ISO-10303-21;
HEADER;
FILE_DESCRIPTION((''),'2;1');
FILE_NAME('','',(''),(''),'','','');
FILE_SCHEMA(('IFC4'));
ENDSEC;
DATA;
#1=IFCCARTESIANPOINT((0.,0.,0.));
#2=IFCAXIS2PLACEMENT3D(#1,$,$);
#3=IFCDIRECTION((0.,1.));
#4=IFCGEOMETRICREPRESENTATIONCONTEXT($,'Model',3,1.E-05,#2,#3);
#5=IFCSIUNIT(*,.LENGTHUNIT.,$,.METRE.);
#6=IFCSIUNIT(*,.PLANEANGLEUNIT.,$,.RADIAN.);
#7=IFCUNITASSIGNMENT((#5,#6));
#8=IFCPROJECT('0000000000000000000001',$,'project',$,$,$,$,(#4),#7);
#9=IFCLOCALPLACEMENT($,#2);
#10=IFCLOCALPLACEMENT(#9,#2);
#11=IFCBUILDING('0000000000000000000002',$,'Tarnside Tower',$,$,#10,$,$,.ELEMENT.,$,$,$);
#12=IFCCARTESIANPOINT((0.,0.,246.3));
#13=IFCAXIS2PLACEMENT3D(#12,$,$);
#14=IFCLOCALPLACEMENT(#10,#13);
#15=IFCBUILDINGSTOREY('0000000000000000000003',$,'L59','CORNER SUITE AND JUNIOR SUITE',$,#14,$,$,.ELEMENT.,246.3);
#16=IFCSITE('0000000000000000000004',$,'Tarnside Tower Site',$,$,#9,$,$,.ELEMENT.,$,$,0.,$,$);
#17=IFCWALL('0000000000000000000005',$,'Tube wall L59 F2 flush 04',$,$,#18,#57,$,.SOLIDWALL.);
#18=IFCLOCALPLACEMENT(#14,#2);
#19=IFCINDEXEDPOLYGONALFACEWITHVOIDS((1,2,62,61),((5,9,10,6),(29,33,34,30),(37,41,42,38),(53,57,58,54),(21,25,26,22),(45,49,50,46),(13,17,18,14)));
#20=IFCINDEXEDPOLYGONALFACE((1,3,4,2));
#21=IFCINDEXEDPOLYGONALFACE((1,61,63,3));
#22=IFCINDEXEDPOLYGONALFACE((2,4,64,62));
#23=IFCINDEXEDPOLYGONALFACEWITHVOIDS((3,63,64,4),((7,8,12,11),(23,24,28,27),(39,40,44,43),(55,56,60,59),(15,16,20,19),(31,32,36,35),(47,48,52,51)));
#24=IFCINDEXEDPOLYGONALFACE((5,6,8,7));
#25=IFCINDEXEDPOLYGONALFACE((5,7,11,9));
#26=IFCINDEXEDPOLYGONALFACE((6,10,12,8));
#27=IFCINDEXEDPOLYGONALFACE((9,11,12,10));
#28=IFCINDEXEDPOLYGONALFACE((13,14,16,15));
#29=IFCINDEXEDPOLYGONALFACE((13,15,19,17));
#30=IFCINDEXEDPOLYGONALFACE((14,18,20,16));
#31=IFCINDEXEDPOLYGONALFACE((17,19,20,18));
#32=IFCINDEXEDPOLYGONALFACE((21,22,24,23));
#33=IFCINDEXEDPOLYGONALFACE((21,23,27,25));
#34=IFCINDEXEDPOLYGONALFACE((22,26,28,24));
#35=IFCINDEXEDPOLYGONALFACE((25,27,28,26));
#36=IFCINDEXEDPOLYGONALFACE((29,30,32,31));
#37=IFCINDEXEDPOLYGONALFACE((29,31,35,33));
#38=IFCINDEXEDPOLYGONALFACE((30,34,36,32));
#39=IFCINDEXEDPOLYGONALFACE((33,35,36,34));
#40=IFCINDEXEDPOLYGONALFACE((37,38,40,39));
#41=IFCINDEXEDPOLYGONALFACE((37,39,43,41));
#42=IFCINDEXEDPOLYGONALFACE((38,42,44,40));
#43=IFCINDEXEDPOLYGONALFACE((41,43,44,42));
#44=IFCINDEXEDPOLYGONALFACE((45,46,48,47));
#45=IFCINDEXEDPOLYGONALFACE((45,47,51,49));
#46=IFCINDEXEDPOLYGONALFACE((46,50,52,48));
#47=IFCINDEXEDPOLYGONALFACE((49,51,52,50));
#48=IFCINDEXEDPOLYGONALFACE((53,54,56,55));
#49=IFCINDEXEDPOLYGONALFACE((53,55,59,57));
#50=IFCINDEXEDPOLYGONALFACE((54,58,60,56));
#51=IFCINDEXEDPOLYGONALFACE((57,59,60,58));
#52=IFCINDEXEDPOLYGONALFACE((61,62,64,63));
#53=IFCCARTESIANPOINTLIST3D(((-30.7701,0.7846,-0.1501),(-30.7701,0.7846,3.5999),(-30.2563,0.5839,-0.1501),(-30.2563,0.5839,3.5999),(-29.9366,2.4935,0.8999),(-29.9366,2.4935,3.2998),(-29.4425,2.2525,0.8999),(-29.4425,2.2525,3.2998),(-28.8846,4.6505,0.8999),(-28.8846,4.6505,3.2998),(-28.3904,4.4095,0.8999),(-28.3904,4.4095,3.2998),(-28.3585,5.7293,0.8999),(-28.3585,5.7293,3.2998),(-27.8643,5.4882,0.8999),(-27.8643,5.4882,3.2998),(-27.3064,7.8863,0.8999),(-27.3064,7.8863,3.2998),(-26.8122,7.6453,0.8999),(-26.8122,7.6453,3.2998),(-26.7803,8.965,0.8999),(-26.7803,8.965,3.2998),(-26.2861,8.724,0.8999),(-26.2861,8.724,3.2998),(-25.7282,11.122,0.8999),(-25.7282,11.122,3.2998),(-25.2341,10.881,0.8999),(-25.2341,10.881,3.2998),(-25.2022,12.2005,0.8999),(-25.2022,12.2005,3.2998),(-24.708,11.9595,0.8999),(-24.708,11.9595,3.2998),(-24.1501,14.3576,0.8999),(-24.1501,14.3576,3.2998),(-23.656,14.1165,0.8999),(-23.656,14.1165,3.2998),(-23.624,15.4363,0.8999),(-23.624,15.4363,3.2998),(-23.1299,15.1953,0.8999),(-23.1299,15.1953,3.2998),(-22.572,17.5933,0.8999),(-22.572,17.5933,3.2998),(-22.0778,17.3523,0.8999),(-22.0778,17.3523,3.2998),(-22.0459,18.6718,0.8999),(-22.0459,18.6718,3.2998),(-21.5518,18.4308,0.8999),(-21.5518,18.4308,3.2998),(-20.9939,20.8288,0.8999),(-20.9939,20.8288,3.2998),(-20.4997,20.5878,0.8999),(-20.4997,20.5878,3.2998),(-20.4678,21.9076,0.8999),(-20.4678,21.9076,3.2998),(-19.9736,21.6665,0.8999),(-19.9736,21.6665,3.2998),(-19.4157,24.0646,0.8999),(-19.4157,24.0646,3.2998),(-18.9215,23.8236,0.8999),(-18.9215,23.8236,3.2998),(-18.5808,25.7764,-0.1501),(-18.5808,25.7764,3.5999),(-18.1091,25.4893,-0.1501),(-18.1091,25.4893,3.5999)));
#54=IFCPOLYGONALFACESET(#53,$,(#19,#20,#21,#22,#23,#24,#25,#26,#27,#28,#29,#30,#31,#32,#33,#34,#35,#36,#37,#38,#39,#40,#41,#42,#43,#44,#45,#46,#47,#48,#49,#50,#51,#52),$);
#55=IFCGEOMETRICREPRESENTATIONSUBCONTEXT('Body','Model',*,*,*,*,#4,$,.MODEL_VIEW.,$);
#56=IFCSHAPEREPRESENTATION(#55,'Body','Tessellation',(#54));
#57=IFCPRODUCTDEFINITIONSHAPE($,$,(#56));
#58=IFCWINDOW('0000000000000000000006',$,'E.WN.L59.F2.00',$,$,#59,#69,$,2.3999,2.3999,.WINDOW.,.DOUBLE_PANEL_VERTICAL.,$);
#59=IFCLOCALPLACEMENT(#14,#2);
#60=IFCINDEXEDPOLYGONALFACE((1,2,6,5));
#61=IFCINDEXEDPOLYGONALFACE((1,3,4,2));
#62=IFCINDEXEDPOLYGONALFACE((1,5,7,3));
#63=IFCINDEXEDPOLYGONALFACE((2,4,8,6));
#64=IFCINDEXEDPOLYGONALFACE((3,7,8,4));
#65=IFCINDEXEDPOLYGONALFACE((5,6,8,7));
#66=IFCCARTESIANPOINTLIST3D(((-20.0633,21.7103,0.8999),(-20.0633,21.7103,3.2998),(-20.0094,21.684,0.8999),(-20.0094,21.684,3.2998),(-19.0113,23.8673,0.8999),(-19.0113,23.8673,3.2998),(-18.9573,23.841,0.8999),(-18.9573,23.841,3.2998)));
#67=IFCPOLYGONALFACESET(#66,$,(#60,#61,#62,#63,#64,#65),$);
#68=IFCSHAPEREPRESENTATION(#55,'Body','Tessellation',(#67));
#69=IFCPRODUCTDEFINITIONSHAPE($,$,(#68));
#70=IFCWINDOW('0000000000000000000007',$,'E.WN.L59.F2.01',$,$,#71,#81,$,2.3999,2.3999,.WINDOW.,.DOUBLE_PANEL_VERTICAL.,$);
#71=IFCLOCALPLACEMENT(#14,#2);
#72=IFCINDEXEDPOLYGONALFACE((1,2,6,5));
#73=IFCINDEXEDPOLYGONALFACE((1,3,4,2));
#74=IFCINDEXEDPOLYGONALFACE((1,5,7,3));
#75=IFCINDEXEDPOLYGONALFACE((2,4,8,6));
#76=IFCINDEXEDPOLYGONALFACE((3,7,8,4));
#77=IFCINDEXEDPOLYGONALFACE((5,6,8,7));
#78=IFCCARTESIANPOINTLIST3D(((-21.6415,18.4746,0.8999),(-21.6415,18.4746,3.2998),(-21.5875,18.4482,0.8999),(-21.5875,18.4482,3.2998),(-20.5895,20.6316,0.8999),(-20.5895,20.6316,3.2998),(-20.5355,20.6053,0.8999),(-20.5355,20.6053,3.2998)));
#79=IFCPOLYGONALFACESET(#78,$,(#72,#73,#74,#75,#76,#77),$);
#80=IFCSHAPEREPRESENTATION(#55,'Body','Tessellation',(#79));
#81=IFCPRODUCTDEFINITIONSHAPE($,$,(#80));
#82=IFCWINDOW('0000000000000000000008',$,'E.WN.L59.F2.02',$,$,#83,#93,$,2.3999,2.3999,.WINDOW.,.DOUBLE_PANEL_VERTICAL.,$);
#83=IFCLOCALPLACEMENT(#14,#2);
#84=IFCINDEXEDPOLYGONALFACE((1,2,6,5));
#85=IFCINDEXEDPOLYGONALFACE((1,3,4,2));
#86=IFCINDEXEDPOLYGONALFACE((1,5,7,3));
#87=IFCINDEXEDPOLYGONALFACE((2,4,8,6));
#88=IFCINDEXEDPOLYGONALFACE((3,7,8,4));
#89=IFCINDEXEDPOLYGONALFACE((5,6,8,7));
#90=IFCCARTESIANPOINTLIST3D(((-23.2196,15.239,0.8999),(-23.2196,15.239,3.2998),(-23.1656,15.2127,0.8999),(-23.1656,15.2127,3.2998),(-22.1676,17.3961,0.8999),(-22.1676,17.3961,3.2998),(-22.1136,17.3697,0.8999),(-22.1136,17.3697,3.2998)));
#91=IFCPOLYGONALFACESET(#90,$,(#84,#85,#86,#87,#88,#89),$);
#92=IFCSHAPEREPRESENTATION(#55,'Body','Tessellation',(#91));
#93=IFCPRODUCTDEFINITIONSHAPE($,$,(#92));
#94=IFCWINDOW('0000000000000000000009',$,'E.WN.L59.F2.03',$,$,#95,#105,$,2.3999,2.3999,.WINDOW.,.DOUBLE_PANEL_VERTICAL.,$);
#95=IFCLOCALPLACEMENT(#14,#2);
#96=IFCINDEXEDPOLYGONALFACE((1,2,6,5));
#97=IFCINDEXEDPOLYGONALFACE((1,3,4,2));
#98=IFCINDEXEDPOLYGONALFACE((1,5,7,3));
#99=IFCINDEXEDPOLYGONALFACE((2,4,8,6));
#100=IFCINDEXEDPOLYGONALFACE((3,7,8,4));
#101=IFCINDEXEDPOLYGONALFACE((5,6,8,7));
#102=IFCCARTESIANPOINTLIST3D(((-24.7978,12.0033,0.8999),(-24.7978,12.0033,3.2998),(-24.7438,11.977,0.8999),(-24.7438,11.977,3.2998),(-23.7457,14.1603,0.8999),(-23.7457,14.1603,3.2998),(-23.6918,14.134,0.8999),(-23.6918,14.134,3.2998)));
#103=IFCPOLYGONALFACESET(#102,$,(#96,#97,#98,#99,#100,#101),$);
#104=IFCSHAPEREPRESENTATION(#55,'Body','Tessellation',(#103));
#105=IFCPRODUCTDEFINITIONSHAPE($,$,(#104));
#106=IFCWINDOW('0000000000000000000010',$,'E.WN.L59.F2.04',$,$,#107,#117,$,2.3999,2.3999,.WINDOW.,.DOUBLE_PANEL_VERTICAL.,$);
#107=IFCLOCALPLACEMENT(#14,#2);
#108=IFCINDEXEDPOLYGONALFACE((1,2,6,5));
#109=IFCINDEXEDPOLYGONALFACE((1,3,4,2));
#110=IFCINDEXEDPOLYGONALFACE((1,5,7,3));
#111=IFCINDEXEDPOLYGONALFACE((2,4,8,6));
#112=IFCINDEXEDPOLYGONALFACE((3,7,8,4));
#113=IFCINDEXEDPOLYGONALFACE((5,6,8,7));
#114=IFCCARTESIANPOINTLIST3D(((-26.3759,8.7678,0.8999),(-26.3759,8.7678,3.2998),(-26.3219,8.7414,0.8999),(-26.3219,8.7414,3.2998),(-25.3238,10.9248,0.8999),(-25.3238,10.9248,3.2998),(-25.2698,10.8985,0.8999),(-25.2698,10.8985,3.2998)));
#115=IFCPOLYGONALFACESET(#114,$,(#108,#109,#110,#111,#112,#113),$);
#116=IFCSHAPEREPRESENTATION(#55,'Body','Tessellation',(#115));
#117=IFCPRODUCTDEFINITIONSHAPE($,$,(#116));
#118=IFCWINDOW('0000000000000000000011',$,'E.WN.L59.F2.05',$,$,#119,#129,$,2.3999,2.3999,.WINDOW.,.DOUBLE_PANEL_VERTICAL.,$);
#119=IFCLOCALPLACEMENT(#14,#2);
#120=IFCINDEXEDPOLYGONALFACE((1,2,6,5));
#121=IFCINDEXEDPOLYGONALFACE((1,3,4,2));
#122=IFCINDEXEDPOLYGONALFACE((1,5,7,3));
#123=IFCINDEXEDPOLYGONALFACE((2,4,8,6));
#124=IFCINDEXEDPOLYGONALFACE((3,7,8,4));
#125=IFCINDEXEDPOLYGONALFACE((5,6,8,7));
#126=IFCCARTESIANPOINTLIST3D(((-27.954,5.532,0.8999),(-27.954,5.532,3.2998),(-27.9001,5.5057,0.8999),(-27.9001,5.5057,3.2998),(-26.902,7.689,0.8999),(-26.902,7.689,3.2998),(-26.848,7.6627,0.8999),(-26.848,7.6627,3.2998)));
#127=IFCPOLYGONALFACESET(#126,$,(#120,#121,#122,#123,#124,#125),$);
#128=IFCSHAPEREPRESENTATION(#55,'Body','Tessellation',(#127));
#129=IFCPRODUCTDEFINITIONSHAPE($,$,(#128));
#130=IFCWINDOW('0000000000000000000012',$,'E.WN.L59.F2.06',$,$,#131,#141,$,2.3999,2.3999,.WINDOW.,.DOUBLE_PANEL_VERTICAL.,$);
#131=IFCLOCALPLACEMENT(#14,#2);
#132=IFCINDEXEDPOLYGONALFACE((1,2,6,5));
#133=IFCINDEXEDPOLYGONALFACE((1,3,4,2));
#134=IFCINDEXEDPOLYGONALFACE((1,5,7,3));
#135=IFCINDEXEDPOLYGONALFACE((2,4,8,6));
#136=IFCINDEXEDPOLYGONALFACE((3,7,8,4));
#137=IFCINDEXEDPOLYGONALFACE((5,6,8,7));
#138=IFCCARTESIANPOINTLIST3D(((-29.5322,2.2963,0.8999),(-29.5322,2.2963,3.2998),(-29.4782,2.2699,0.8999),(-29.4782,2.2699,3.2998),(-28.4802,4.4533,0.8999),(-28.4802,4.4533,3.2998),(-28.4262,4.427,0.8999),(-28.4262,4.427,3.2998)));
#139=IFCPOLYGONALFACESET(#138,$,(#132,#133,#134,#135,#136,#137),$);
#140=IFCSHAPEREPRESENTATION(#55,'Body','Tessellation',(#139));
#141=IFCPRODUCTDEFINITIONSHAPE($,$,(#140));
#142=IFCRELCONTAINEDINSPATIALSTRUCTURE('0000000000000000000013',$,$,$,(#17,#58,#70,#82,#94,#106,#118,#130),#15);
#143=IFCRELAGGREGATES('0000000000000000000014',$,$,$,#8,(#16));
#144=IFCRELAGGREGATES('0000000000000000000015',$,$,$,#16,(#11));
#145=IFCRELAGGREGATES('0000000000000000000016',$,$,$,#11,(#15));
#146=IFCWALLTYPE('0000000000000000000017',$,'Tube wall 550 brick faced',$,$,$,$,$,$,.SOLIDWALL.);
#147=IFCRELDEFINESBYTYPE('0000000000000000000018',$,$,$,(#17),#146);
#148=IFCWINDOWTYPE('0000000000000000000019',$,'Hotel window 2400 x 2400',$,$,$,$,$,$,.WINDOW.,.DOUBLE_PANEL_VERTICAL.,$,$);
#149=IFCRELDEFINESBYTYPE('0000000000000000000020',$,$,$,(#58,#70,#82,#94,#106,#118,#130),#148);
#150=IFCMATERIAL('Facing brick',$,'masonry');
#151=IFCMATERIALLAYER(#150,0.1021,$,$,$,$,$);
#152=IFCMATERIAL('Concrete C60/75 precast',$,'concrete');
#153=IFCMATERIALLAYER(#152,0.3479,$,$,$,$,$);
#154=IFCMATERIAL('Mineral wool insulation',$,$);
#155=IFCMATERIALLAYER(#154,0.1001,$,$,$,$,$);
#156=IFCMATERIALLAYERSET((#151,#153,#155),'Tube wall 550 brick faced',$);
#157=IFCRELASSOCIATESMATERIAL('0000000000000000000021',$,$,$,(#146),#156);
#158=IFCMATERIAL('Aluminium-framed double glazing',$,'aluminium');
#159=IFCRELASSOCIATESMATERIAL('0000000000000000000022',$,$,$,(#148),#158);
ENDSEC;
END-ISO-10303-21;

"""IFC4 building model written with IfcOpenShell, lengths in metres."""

from ifc_helpers import new_model, si_unit, direction, frame, frame_2d, origin, place, context, subcontext, project, spatial, polyline, rectangle, outline, extrude, material, layer, layer_set, type_object, element, fill, save


model = new_model("IFC4")

# Units and contexts
model_context = context("Model", 3, precision=1e-05, world=origin(), true_north=direction((0.0, 1.0)))
body_context = subcontext(model_context, "Body", "Model", "MODEL_VIEW")
ifc_project = project(units=[si_unit("LENGTHUNIT", "METRE"), si_unit("PLANEANGLEUNIT", "RADIAN")], contexts=[model_context])

# Site, building, storey
site_placement = place(None, origin())
site = spatial("IfcSite", under=ifc_project, at=site_placement, Name="Tarnside Tower Site", CompositionType="ELEMENT", RefElevation=0.0)
building_placement = place(site_placement, origin())
building = spatial("IfcBuilding", under=site, at=building_placement, Name="Tarnside Tower", CompositionType="ELEMENT")
storey_placement = place(building_placement, frame((0.0, 0.0, 246.3)))
storey = spatial("IfcBuildingStorey", under=building, at=storey_placement, Name="L59", Description="CORNER SUITE AND JUNIOR SUITE", CompositionType="ELEMENT", Elevation=246.3)

# Shared definitions
ifc_material_1 = material(Name="Facing brick", Category="masonry")
ifc_layer_1 = layer(ifc_material_1, 0.1021)
ifc_material_2 = material(Name="Concrete C60/75 precast", Category="concrete")
ifc_layer_2 = layer(ifc_material_2, 0.3479)
ifc_material_3 = material(Name="Mineral wool insulation")
ifc_layer_3 = layer(ifc_material_3, 0.1001)
ifc_layer_set_1 = layer_set([ifc_layer_1, ifc_layer_2, ifc_layer_3], Name="Tube wall 550 brick faced")
wall_type_1 = type_object("IfcWallType", Name="Tube wall 550 brick faced", PredefinedType="SOLIDWALL", material=ifc_layer_set_1)

# Wall, openings, windows
wall_1_placement = place(storey_placement, frame((-18.345, 25.6328, -0.1501), z_axis=(0.0, 0.0, 1.0), x_axis=(-0.438372, -0.898794, 0.0)))
wall_1 = element("IfcWall", 1, at=wall_1_placement, inside=storey, type_object=wall_type_1, Name="Tube wall L59 F2 flush 04", PredefinedType="SOLIDWALL", context=body_context, shape_type="SweptSolid", body=[
    extrude(outline(polyline([(-0.0256, -0.2749), (27.7803, -0.2749), (27.7354, 0.2749), (0.0256, 0.2749), (-0.0256, -0.2749)])), origin(), (0.0, 0.0, 1.0), 3.75),
])
opening_1_placement = place(wall_1_placement, frame((1.8789, 0.0, 1.05)))
opening_1 = element("IfcOpeningElement", 2, at=opening_1_placement, cuts=wall_1, PredefinedType="OPENING", context=body_context, shape_type="SweptSolid", body=[
    extrude(rectangle(XDim=2.3999, YDim=2.3999, at=frame_2d((1.2, 1.2))), frame((0.0, 0.2852, 0.0), z_axis=(0.0, -1.0, 0.0), x_axis=(1.0, 0.0, 0.0)), (0.0, 0.0, 1.0), 0.5701),
])
opening_2_placement = place(wall_1_placement, frame((5.479, 0.0, 1.05)))
opening_2 = element("IfcOpeningElement", 3, at=opening_2_placement, cuts=wall_1, PredefinedType="OPENING", context=body_context, shape_type="SweptSolid", body=[
    extrude(rectangle(XDim=2.3999, YDim=2.3999, at=frame_2d((1.2, 1.2))), frame((0.0, 0.2852, 0.0), z_axis=(0.0, -1.0, 0.0), x_axis=(1.0, 0.0, 0.0)), (0.0, 0.0, 1.0), 0.5701),
])
opening_3_placement = place(wall_1_placement, frame((9.0789, 0.0, 1.05)))
opening_3 = element("IfcOpeningElement", 4, at=opening_3_placement, cuts=wall_1, PredefinedType="OPENING", context=body_context, shape_type="SweptSolid", body=[
    extrude(rectangle(XDim=2.3999, YDim=2.3999, at=frame_2d((1.2, 1.2))), frame((0.0, 0.2852, 0.0), z_axis=(0.0, -1.0, 0.0), x_axis=(1.0, 0.0, 0.0)), (0.0, 0.0, 1.0), 0.5701),
])
opening_4_placement = place(wall_1_placement, frame((12.679, 0.0, 1.05)))
opening_4 = element("IfcOpeningElement", 5, at=opening_4_placement, cuts=wall_1, PredefinedType="OPENING", context=body_context, shape_type="SweptSolid", body=[
    extrude(rectangle(XDim=2.3999, YDim=2.3999, at=frame_2d((1.2, 1.2))), frame((0.0, 0.2852, 0.0), z_axis=(0.0, -1.0, 0.0), x_axis=(1.0, 0.0, 0.0)), (0.0, 0.0, 1.0), 0.5701),
])
opening_5_placement = place(wall_1_placement, frame((16.2788, 0.0, 1.05)))
opening_5 = element("IfcOpeningElement", 6, at=opening_5_placement, cuts=wall_1, PredefinedType="OPENING", context=body_context, shape_type="SweptSolid", body=[
    extrude(rectangle(XDim=2.3999, YDim=2.3999, at=frame_2d((1.2, 1.2))), frame((0.0, 0.2852, 0.0), z_axis=(0.0, -1.0, 0.0), x_axis=(1.0, 0.0, 0.0)), (0.0, 0.0, 1.0), 0.5701),
])
opening_6_placement = place(wall_1_placement, frame((19.8789, 0.0, 1.05)))
opening_6 = element("IfcOpeningElement", 7, at=opening_6_placement, cuts=wall_1, PredefinedType="OPENING", context=body_context, shape_type="SweptSolid", body=[
    extrude(rectangle(XDim=2.3999, YDim=2.3999, at=frame_2d((1.2, 1.2))), frame((0.0, 0.2852, 0.0), z_axis=(0.0, -1.0, 0.0), x_axis=(1.0, 0.0, 0.0)), (0.0, 0.0, 1.0), 0.5701),
])
opening_7_placement = place(wall_1_placement, frame((23.479, 0.0, 1.05)))
opening_7 = element("IfcOpeningElement", 8, at=opening_7_placement, cuts=wall_1, PredefinedType="OPENING", context=body_context, shape_type="SweptSolid", body=[
    extrude(rectangle(XDim=2.3999, YDim=2.3999, at=frame_2d((1.2, 1.2))), frame((0.0, 0.2852, 0.0), z_axis=(0.0, -1.0, 0.0), x_axis=(1.0, 0.0, 0.0)), (0.0, 0.0, 1.0), 0.5701),
])
ifc_material_4 = material(Name="Aluminium-framed double glazing", Category="aluminium")
window_type = type_object("IfcWindowType", Name="Hotel window 2400 x 2400", PartitioningType="DOUBLE_PANEL_VERTICAL", PredefinedType="WINDOW", material=ifc_material_4)
window_1_placement = place(opening_1_placement, frame((0.0, 0.2051, 0.0)))
window_1 = element("IfcWindow", 9, at=window_1_placement, inside=storey, type_object=window_type, Name="E.WN.L59.F2.00", OverallHeight=2.3999, OverallWidth=2.3999, PartitioningType="DOUBLE_PANEL_VERTICAL", PredefinedType="WINDOW", context=body_context, shape_type="SweptSolid", body=[
    extrude(rectangle(XDim=2.3999, YDim=2.3999, at=frame_2d((1.2, 1.2))), frame((0.0, 0.03, 0.0), z_axis=(0.0, -1.0, 0.0), x_axis=(1.0, 0.0, 0.0)), (0.0, 0.0, 1.0), 0.0601),
])
fill(opening_1, window_1)
window_2_placement = place(opening_2_placement, frame((0.0, 0.2051, 0.0)))
window_2 = element("IfcWindow", 10, at=window_2_placement, inside=storey, type_object=window_type, Name="E.WN.L59.F2.01", OverallHeight=2.3999, OverallWidth=2.3999, PartitioningType="DOUBLE_PANEL_VERTICAL", PredefinedType="WINDOW", context=body_context, shape_type="SweptSolid", body=[
    extrude(rectangle(XDim=2.3999, YDim=2.3999, at=frame_2d((1.2, 1.2))), frame((0.0, 0.03, 0.0), z_axis=(0.0, -1.0, 0.0), x_axis=(1.0, 0.0, 0.0)), (0.0, 0.0, 1.0), 0.0601),
])
fill(opening_2, window_2)
window_3_placement = place(opening_3_placement, frame((0.0, 0.2051, 0.0)))
window_3 = element("IfcWindow", 11, at=window_3_placement, inside=storey, type_object=window_type, Name="E.WN.L59.F2.02", OverallHeight=2.3999, OverallWidth=2.3999, PartitioningType="DOUBLE_PANEL_VERTICAL", PredefinedType="WINDOW", context=body_context, shape_type="SweptSolid", body=[
    extrude(rectangle(XDim=2.3999, YDim=2.3999, at=frame_2d((1.2, 1.2))), frame((0.0, 0.03, 0.0), z_axis=(0.0, -1.0, 0.0), x_axis=(1.0, 0.0, 0.0)), (0.0, 0.0, 1.0), 0.0601),
])
fill(opening_3, window_3)
window_4_placement = place(opening_4_placement, frame((0.0, 0.2051, 0.0)))
window_4 = element("IfcWindow", 12, at=window_4_placement, inside=storey, type_object=window_type, Name="E.WN.L59.F2.03", OverallHeight=2.3999, OverallWidth=2.3999, PartitioningType="DOUBLE_PANEL_VERTICAL", PredefinedType="WINDOW", context=body_context, shape_type="SweptSolid", body=[
    extrude(rectangle(XDim=2.3999, YDim=2.3999, at=frame_2d((1.2, 1.2))), frame((0.0, 0.03, 0.0), z_axis=(0.0, -1.0, 0.0), x_axis=(1.0, 0.0, 0.0)), (0.0, 0.0, 1.0), 0.0601),
])
fill(opening_4, window_4)
window_5_placement = place(opening_5_placement, frame((0.0, 0.2051, 0.0)))
window_5 = element("IfcWindow", 13, at=window_5_placement, inside=storey, type_object=window_type, Name="E.WN.L59.F2.04", OverallHeight=2.3999, OverallWidth=2.3999, PartitioningType="DOUBLE_PANEL_VERTICAL", PredefinedType="WINDOW", context=body_context, shape_type="SweptSolid", body=[
    extrude(rectangle(XDim=2.3999, YDim=2.3999, at=frame_2d((1.2, 1.2))), frame((0.0, 0.03, 0.0), z_axis=(0.0, -1.0, 0.0), x_axis=(1.0, 0.0, 0.0)), (0.0, 0.0, 1.0), 0.0601),
])
fill(opening_5, window_5)
window_6_placement = place(opening_6_placement, frame((0.0, 0.2051, 0.0)))
window_6 = element("IfcWindow", 14, at=window_6_placement, inside=storey, type_object=window_type, Name="E.WN.L59.F2.05", OverallHeight=2.3999, OverallWidth=2.3999, PartitioningType="DOUBLE_PANEL_VERTICAL", PredefinedType="WINDOW", context=body_context, shape_type="SweptSolid", body=[
    extrude(rectangle(XDim=2.3999, YDim=2.3999, at=frame_2d((1.2, 1.2))), frame((0.0, 0.03, 0.0), z_axis=(0.0, -1.0, 0.0), x_axis=(1.0, 0.0, 0.0)), (0.0, 0.0, 1.0), 0.0601),
])
fill(opening_6, window_6)
window_7_placement = place(opening_7_placement, frame((0.0, 0.2051, 0.0)))
window_7 = element("IfcWindow", 15, at=window_7_placement, inside=storey, type_object=window_type, Name="E.WN.L59.F2.06", OverallHeight=2.3999, OverallWidth=2.3999, PartitioningType="DOUBLE_PANEL_VERTICAL", PredefinedType="WINDOW", context=body_context, shape_type="SweptSolid", body=[
    extrude(rectangle(XDim=2.3999, YDim=2.3999, at=frame_2d((1.2, 1.2))), frame((0.0, 0.03, 0.0), z_axis=(0.0, -1.0, 0.0), x_axis=(1.0, 0.0, 0.0)), (0.0, 0.0, 1.0), 0.0601),
])
fill(opening_7, window_7)

save(model, "model.ifc")
